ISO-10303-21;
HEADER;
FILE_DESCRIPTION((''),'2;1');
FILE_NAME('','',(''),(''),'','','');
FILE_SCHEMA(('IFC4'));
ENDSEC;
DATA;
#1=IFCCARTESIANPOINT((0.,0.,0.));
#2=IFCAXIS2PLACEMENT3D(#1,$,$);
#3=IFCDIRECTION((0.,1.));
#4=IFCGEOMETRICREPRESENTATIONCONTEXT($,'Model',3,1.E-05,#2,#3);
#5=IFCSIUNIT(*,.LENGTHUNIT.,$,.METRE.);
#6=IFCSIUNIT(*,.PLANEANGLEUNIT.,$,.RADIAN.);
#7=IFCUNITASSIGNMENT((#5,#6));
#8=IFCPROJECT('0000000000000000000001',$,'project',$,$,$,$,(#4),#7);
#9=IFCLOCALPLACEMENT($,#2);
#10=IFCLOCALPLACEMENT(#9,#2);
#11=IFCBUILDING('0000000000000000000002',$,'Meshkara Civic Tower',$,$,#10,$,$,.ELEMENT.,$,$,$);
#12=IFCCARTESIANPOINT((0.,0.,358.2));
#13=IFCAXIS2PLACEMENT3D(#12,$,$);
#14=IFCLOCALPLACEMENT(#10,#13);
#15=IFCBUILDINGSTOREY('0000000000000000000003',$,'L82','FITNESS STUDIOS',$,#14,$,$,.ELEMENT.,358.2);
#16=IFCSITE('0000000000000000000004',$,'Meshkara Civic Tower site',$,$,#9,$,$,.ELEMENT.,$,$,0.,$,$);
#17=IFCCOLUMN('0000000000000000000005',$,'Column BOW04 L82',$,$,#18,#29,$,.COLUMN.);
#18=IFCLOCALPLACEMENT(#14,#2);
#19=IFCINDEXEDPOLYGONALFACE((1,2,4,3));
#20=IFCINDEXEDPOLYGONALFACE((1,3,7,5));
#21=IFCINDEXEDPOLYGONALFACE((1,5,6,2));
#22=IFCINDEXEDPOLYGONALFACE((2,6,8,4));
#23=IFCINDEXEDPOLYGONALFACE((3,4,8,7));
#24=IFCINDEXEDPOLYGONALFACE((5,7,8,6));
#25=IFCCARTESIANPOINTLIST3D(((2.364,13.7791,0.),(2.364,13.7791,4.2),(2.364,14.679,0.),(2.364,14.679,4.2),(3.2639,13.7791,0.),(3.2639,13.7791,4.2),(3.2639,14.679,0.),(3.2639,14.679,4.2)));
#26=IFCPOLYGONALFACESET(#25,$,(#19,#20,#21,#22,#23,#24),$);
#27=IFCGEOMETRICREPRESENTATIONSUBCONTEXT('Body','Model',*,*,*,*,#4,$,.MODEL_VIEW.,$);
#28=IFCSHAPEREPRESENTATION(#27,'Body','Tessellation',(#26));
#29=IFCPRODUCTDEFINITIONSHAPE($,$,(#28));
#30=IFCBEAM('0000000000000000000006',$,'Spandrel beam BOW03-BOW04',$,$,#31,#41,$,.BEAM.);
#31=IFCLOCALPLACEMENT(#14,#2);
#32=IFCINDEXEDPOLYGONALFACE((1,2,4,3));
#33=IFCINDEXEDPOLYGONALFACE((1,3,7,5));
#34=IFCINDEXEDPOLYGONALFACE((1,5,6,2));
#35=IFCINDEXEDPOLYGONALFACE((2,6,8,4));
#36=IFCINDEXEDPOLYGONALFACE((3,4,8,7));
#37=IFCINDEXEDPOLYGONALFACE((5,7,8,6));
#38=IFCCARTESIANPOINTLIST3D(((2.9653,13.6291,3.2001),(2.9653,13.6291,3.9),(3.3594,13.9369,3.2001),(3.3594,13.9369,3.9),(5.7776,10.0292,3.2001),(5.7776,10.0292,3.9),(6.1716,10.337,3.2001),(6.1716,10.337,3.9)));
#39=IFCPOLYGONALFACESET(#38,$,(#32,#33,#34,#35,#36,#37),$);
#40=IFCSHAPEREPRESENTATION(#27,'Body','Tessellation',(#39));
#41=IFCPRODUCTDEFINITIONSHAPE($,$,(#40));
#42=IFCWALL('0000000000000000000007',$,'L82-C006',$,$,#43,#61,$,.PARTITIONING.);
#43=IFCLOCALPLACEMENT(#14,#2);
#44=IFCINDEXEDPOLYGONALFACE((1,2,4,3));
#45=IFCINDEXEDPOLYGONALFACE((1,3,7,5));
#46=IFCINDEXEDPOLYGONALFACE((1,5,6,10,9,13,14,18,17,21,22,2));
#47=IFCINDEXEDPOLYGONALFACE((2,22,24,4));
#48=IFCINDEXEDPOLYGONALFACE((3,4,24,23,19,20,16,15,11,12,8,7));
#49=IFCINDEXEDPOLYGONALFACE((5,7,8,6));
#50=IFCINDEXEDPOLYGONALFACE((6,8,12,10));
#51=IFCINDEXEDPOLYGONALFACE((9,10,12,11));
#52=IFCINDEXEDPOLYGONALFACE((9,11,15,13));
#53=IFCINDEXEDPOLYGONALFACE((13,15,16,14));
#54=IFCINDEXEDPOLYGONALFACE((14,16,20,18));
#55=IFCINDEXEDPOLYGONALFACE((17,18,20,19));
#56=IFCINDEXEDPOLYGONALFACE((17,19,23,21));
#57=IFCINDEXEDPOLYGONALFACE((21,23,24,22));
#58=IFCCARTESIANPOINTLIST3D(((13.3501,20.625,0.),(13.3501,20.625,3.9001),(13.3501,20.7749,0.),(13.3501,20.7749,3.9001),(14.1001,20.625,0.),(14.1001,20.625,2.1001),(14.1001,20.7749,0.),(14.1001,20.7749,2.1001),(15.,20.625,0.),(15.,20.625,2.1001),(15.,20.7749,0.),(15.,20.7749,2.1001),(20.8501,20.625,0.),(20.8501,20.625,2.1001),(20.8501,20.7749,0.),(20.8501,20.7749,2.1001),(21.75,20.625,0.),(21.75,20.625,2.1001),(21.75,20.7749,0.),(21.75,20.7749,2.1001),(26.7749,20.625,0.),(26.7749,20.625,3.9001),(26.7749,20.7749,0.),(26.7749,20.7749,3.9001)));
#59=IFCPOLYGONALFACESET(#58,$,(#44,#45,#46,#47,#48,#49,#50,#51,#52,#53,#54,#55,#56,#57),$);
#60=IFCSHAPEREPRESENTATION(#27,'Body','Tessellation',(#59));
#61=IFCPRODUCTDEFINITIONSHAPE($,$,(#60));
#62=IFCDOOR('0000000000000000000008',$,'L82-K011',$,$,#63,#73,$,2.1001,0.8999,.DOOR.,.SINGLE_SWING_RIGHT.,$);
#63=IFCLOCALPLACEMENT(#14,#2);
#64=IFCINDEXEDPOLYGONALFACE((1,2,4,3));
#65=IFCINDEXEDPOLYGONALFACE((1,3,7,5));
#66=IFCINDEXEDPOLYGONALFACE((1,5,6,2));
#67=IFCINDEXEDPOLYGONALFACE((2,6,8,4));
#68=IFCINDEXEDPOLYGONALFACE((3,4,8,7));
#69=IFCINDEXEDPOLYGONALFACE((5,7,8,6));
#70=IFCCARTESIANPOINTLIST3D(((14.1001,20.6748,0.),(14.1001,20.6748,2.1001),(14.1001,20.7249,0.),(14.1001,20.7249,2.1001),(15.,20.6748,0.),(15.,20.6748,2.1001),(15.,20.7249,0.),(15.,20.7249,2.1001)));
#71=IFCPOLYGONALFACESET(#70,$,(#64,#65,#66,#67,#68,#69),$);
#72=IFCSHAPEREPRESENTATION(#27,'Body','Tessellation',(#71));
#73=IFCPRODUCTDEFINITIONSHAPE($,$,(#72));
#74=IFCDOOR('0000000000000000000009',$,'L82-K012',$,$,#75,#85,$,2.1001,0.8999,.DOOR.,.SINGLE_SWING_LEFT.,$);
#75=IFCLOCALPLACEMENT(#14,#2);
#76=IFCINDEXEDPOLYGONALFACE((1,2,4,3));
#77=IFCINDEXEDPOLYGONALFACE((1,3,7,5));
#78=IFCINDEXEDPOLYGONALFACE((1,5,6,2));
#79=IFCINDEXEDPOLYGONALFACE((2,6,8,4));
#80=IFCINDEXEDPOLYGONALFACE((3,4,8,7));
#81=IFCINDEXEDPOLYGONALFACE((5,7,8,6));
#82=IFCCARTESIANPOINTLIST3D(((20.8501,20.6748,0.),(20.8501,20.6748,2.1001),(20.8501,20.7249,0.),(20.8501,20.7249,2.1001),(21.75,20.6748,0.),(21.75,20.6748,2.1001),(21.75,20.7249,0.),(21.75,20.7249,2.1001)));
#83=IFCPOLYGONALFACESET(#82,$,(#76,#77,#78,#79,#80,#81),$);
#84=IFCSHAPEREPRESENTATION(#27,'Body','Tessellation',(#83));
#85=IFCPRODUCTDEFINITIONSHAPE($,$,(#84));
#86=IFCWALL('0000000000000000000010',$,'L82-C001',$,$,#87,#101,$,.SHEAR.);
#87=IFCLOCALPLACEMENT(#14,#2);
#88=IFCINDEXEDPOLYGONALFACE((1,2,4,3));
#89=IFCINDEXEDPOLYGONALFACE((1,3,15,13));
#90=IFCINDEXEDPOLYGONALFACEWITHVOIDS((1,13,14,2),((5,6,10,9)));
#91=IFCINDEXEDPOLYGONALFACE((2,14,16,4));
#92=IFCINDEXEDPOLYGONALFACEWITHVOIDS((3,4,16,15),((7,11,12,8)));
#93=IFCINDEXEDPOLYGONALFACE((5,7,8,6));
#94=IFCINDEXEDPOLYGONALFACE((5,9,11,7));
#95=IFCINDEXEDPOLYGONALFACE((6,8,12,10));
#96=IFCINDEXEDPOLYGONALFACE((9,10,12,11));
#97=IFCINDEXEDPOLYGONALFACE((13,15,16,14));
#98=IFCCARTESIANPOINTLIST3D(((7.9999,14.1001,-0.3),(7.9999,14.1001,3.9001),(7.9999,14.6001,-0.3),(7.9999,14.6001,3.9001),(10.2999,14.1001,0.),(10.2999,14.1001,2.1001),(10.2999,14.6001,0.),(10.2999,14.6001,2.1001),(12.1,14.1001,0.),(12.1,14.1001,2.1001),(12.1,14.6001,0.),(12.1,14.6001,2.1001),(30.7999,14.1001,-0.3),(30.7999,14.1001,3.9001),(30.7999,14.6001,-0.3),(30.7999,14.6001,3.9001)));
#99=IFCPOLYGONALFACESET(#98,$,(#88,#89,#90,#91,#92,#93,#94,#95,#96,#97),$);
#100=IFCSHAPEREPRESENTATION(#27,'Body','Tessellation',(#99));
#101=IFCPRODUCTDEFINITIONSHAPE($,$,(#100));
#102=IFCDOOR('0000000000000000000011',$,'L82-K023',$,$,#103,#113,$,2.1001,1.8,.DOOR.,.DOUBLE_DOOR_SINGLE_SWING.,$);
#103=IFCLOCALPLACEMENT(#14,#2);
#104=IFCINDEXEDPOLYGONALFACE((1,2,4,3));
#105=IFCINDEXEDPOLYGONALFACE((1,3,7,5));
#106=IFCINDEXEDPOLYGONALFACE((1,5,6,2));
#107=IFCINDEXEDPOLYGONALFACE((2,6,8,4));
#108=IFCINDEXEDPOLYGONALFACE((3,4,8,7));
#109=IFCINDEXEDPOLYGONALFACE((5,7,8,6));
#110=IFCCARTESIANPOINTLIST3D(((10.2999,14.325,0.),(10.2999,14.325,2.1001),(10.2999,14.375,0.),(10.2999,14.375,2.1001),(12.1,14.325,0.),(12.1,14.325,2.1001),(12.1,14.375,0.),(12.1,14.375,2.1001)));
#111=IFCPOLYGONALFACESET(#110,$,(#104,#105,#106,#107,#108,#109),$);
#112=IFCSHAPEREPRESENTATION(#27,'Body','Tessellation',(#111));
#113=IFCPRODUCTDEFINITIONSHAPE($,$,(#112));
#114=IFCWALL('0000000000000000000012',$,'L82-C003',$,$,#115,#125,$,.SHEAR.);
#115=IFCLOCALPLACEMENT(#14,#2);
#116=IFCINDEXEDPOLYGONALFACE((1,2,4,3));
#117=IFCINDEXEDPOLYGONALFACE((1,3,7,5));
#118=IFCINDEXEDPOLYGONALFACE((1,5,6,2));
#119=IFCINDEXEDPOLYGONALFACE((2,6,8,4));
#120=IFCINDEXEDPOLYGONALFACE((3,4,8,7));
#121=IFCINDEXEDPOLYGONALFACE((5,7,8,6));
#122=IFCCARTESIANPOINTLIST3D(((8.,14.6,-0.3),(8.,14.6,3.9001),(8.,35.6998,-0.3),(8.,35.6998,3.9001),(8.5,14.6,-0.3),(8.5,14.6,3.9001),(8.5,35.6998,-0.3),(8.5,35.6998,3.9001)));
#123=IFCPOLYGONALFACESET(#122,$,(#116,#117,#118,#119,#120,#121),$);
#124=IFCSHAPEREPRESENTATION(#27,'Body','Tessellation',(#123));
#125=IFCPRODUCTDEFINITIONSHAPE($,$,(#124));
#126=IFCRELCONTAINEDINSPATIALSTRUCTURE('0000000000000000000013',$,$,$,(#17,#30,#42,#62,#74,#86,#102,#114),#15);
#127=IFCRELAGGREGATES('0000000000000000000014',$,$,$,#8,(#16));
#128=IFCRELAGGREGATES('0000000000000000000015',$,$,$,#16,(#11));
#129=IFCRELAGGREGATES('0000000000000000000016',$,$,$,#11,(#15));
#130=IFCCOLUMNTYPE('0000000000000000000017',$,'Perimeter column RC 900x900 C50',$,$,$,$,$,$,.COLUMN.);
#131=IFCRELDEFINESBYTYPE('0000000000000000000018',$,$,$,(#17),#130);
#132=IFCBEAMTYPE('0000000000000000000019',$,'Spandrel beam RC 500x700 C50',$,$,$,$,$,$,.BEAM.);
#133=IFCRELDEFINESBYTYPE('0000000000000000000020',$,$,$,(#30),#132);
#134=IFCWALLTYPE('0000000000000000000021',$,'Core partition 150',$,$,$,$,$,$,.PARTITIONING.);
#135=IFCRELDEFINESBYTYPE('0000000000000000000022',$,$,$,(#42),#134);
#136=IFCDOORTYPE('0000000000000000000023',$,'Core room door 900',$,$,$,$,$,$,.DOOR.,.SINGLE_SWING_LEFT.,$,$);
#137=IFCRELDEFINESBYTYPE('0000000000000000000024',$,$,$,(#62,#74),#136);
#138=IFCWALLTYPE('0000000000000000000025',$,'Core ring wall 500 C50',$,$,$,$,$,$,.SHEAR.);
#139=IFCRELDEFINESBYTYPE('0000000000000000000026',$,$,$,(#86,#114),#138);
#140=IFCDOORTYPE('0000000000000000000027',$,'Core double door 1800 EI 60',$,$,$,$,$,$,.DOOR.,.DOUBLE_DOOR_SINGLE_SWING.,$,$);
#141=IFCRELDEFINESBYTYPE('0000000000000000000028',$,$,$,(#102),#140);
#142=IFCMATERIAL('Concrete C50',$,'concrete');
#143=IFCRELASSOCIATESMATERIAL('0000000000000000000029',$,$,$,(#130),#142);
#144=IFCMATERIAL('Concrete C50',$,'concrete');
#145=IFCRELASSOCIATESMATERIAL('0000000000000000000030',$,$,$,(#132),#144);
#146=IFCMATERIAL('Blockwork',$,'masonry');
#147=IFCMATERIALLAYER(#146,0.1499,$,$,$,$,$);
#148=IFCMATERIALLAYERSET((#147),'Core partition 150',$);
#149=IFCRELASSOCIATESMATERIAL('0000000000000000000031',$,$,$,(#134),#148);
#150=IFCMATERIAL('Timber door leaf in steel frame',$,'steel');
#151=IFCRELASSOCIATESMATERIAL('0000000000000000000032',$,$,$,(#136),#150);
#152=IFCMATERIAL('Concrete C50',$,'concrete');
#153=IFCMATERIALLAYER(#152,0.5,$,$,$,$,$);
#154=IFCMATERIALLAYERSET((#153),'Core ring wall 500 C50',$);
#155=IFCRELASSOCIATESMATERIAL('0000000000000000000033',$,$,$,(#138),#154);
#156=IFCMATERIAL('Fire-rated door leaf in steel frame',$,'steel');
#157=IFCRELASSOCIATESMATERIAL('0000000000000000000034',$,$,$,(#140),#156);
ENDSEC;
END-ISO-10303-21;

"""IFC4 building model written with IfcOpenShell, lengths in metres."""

from ifc_helpers import new_model, si_unit, direction, frame, frame_2d, origin, origin_2d, place, context, subcontext, project, spatial, rectangle, extrude, material, layer, layer_set, material_profile, profile_set, type_object, element, fill, save


model = new_model("IFC4")

# Units and contexts
model_context = context("Model", 3, precision=1e-05, world=origin(), true_north=direction((0.0, 1.0)))
body_context = subcontext(model_context, "Body", "Model", "MODEL_VIEW")
ifc_project = project(units=[si_unit("LENGTHUNIT", "METRE"), si_unit("PLANEANGLEUNIT", "RADIAN")], contexts=[model_context])

# Site, building, storey
site_placement = place(None, origin())
site = spatial("IfcSite", under=ifc_project, at=site_placement, Name="Meshkara Civic Tower site", CompositionType="ELEMENT", RefElevation=0.0)
building_placement = place(site_placement, origin())
building = spatial("IfcBuilding", under=site, at=building_placement, Name="Meshkara Civic Tower", CompositionType="ELEMENT")
storey_placement = place(building_placement, frame((0.0, 0.0, 358.2)))
storey = spatial("IfcBuildingStorey", under=building, at=storey_placement, Name="L82", Description="FITNESS STUDIOS", CompositionType="ELEMENT", Elevation=358.2)

# Column
ifc_material_1 = material(Name="Concrete C50", Category="concrete")
ifc_material_profile_1 = material_profile(ifc_material_1, rectangle(XDim=0.8999, YDim=0.8999, at=origin_2d()))
ifc_profile_set_1 = profile_set([ifc_material_profile_1], Name="Concrete C50")
column_type = type_object("IfcColumnType", Name="Perimeter column RC 900x900 C50", PredefinedType="COLUMN", material=ifc_profile_set_1)
column_placement = place(storey_placement, frame((2.814, 14.229, 0.0), z_axis=(0.0, 0.0, 1.0), x_axis=(1.0, 0.0, 0.0)))
element("IfcColumn", 1, at=column_placement, inside=storey, type_object=column_type, Name="Column BOW04 L82", PredefinedType="COLUMN", context=body_context, shape_type="SweptSolid", body=[
    extrude(rectangle(XDim=0.8999, YDim=0.8999, at=origin_2d()), origin(), (0.0, 0.0, 1.0), 4.2),
])

# Beam
ifc_material_2 = material(Name="Concrete C50", Category="concrete")
ifc_material_profile_2 = material_profile(ifc_material_2, rectangle(XDim=0.5, YDim=0.7, at=origin_2d()))
ifc_profile_set_2 = profile_set([ifc_material_profile_2], Name="Concrete C50")
beam_type = type_object("IfcBeamType", Name="Spandrel beam RC 500x700 C50", PredefinedType="BEAM", material=ifc_profile_set_2)
beam_placement = place(storey_placement, frame((3.1624, 13.783, 3.55), z_axis=(0.615626, -0.788038, 0.0), x_axis=(0.788038, 0.615626, 0.0)))
element("IfcBeam", 2, at=beam_placement, inside=storey, type_object=beam_type, Name="Spandrel beam BOW03-BOW04", PredefinedType="BEAM", context=body_context, shape_type="SweptSolid", body=[
    extrude(rectangle(XDim=0.5, YDim=0.7, at=origin_2d()), origin(), (0.0, 0.0, 1.0), 4.5681),
])

# Wall, openings, doors
ifc_material_3 = material(Name="Blockwork", Category="masonry")
ifc_layer_1 = layer(ifc_material_3, 0.1499)
ifc_layer_set_1 = layer_set([ifc_layer_1], Name="Core partition 150")
wall_type_1 = type_object("IfcWallType", Name="Core partition 150", PredefinedType="PARTITIONING", material=ifc_layer_set_1)
wall_1_placement = place(storey_placement, frame((13.3501, 20.7, 0.0), z_axis=(0.0, 0.0, 1.0), x_axis=(1.0, 0.0, 0.0)))
wall_1 = element("IfcWall", 3, at=wall_1_placement, inside=storey, type_object=wall_type_1, Name="L82-C006", PredefinedType="PARTITIONING", context=body_context, shape_type="SweptSolid", body=[
    extrude(rectangle(XDim=13.4248, YDim=0.1499, at=frame_2d((6.7124, 0.0))), origin(), (0.0, 0.0, 1.0), 3.9001),
])
opening_1_placement = place(wall_1_placement, frame((0.75, 0.0, 0.0)))
opening_1 = element("IfcOpeningElement", 4, at=opening_1_placement, cuts=wall_1, PredefinedType="OPENING", context=body_context, shape_type="SweptSolid", body=[
    extrude(rectangle(XDim=0.8999, YDim=2.1001, at=frame_2d((0.45, 1.05))), frame((0.0, 0.085, 0.0), z_axis=(0.0, -1.0, 0.0), x_axis=(1.0, 0.0, 0.0)), (0.0, 0.0, 1.0), 0.1699),
])
opening_2_placement = place(wall_1_placement, frame((7.5, 0.0, 0.0)))
opening_2 = element("IfcOpeningElement", 5, at=opening_2_placement, cuts=wall_1, PredefinedType="OPENING", context=body_context, shape_type="SweptSolid", body=[
    extrude(rectangle(XDim=0.8999, YDim=2.1001, at=frame_2d((0.45, 1.05))), frame((0.0, 0.085, 0.0), z_axis=(0.0, -1.0, 0.0), x_axis=(1.0, 0.0, 0.0)), (0.0, 0.0, 1.0), 0.1699),
])
ifc_material_4 = material(Name="Timber door leaf in steel frame", Category="steel")
door_type_1 = type_object("IfcDoorType", Name="Core room door 900", OperationType="SINGLE_SWING_LEFT", PredefinedType="DOOR", material=ifc_material_4)
door_1_placement = place(opening_1_placement, origin())
door_1 = element("IfcDoor", 6, at=door_1_placement, inside=storey, type_object=door_type_1, Name="L82-K011", OperationType="SINGLE_SWING_RIGHT", OverallHeight=2.1001, OverallWidth=0.8999, PredefinedType="DOOR", context=body_context, shape_type="SweptSolid", body=[
    extrude(rectangle(XDim=0.8999, YDim=2.1001, at=frame_2d((0.45, 1.05))), frame((0.0, 0.0249, 0.0), z_axis=(0.0, -1.0, 0.0), x_axis=(1.0, 0.0, 0.0)), (0.0, 0.0, 1.0), 0.05),
])
fill(opening_1, door_1)
door_2_placement = place(opening_2_placement, origin())
door_2 = element("IfcDoor", 7, at=door_2_placement, inside=storey, type_object=door_type_1, Name="L82-K012", OperationType="SINGLE_SWING_LEFT", OverallHeight=2.1001, OverallWidth=0.8999, PredefinedType="DOOR", context=body_context, shape_type="SweptSolid", body=[
    extrude(rectangle(XDim=0.8999, YDim=2.1001, at=frame_2d((0.45, 1.05))), frame((0.0, 0.0249, 0.0), z_axis=(0.0, -1.0, 0.0), x_axis=(1.0, 0.0, 0.0)), (0.0, 0.0, 1.0), 0.05),
])
fill(opening_2, door_2)

# Wall, opening, door
ifc_material_5 = material(Name="Concrete C50", Category="concrete")
ifc_layer_2 = layer(ifc_material_5, 0.5)
ifc_layer_set_2 = layer_set([ifc_layer_2], Name="Core ring wall 500 C50")
wall_type_2 = type_object("IfcWallType", Name="Core ring wall 500 C50", PredefinedType="SHEAR", material=ifc_layer_set_2)
wall_2_placement = place(storey_placement, frame((8.0, 14.3501, -0.3), z_axis=(0.0, 0.0, 1.0), x_axis=(1.0, 0.0, 0.0)))
wall_2 = element("IfcWall", 8, at=wall_2_placement, inside=storey, type_object=wall_type_2, Name="L82-C001", PredefinedType="SHEAR", context=body_context, shape_type="SweptSolid", body=[
    extrude(rectangle(XDim=22.8, YDim=0.5, at=frame_2d((11.3999, 0.0))), origin(), (0.0, 0.0, 1.0), 4.2002),
])
opening_3_placement = place(wall_2_placement, frame((2.3, 0.0, 0.3)))
opening_3 = element("IfcOpeningElement", 9, at=opening_3_placement, cuts=wall_2, PredefinedType="OPENING", context=body_context, shape_type="SweptSolid", body=[
    extrude(rectangle(XDim=1.8, YDim=2.1001, at=frame_2d((0.8999, 1.05))), frame((0.0, 0.26, 0.0), z_axis=(0.0, -1.0, 0.0), x_axis=(1.0, 0.0, 0.0)), (0.0, 0.0, 1.0), 0.52),
])
ifc_material_6 = material(Name="Fire-rated door leaf in steel frame", Category="steel")
door_type_2 = type_object("IfcDoorType", Name="Core double door 1800 EI 60", OperationType="DOUBLE_DOOR_SINGLE_SWING", PredefinedType="DOOR", material=ifc_material_6)
door_3_placement = place(opening_3_placement, origin())
door_3 = element("IfcDoor", 10, at=door_3_placement, inside=storey, type_object=door_type_2, Name="L82-K023", OperationType="DOUBLE_DOOR_SINGLE_SWING", OverallHeight=2.1001, OverallWidth=1.8, PredefinedType="DOOR", context=body_context, shape_type="SweptSolid", body=[
    extrude(rectangle(XDim=1.8, YDim=2.1001, at=frame_2d((0.8999, 1.05))), frame((0.0, 0.0249, 0.0), z_axis=(0.0, -1.0, 0.0), x_axis=(1.0, 0.0, 0.0)), (0.0, 0.0, 1.0), 0.05),
])
fill(opening_3, door_3)

# Wall
wall_3_placement = place(storey_placement, frame((8.25, 14.6001, -0.3), z_axis=(0.0, 0.0, 1.0), x_axis=(0.0, 1.0, 0.0)))
element("IfcWall", 11, at=wall_3_placement, inside=storey, type_object=wall_type_2, Name="L82-C003", PredefinedType="SHEAR", context=body_context, shape_type="SweptSolid", body=[
    extrude(rectangle(XDim=21.0999, YDim=0.5, at=frame_2d((10.5498, 0.0))), origin(), (0.0, 0.0, 1.0), 4.2002),
])

save(model, "model.ifc")
